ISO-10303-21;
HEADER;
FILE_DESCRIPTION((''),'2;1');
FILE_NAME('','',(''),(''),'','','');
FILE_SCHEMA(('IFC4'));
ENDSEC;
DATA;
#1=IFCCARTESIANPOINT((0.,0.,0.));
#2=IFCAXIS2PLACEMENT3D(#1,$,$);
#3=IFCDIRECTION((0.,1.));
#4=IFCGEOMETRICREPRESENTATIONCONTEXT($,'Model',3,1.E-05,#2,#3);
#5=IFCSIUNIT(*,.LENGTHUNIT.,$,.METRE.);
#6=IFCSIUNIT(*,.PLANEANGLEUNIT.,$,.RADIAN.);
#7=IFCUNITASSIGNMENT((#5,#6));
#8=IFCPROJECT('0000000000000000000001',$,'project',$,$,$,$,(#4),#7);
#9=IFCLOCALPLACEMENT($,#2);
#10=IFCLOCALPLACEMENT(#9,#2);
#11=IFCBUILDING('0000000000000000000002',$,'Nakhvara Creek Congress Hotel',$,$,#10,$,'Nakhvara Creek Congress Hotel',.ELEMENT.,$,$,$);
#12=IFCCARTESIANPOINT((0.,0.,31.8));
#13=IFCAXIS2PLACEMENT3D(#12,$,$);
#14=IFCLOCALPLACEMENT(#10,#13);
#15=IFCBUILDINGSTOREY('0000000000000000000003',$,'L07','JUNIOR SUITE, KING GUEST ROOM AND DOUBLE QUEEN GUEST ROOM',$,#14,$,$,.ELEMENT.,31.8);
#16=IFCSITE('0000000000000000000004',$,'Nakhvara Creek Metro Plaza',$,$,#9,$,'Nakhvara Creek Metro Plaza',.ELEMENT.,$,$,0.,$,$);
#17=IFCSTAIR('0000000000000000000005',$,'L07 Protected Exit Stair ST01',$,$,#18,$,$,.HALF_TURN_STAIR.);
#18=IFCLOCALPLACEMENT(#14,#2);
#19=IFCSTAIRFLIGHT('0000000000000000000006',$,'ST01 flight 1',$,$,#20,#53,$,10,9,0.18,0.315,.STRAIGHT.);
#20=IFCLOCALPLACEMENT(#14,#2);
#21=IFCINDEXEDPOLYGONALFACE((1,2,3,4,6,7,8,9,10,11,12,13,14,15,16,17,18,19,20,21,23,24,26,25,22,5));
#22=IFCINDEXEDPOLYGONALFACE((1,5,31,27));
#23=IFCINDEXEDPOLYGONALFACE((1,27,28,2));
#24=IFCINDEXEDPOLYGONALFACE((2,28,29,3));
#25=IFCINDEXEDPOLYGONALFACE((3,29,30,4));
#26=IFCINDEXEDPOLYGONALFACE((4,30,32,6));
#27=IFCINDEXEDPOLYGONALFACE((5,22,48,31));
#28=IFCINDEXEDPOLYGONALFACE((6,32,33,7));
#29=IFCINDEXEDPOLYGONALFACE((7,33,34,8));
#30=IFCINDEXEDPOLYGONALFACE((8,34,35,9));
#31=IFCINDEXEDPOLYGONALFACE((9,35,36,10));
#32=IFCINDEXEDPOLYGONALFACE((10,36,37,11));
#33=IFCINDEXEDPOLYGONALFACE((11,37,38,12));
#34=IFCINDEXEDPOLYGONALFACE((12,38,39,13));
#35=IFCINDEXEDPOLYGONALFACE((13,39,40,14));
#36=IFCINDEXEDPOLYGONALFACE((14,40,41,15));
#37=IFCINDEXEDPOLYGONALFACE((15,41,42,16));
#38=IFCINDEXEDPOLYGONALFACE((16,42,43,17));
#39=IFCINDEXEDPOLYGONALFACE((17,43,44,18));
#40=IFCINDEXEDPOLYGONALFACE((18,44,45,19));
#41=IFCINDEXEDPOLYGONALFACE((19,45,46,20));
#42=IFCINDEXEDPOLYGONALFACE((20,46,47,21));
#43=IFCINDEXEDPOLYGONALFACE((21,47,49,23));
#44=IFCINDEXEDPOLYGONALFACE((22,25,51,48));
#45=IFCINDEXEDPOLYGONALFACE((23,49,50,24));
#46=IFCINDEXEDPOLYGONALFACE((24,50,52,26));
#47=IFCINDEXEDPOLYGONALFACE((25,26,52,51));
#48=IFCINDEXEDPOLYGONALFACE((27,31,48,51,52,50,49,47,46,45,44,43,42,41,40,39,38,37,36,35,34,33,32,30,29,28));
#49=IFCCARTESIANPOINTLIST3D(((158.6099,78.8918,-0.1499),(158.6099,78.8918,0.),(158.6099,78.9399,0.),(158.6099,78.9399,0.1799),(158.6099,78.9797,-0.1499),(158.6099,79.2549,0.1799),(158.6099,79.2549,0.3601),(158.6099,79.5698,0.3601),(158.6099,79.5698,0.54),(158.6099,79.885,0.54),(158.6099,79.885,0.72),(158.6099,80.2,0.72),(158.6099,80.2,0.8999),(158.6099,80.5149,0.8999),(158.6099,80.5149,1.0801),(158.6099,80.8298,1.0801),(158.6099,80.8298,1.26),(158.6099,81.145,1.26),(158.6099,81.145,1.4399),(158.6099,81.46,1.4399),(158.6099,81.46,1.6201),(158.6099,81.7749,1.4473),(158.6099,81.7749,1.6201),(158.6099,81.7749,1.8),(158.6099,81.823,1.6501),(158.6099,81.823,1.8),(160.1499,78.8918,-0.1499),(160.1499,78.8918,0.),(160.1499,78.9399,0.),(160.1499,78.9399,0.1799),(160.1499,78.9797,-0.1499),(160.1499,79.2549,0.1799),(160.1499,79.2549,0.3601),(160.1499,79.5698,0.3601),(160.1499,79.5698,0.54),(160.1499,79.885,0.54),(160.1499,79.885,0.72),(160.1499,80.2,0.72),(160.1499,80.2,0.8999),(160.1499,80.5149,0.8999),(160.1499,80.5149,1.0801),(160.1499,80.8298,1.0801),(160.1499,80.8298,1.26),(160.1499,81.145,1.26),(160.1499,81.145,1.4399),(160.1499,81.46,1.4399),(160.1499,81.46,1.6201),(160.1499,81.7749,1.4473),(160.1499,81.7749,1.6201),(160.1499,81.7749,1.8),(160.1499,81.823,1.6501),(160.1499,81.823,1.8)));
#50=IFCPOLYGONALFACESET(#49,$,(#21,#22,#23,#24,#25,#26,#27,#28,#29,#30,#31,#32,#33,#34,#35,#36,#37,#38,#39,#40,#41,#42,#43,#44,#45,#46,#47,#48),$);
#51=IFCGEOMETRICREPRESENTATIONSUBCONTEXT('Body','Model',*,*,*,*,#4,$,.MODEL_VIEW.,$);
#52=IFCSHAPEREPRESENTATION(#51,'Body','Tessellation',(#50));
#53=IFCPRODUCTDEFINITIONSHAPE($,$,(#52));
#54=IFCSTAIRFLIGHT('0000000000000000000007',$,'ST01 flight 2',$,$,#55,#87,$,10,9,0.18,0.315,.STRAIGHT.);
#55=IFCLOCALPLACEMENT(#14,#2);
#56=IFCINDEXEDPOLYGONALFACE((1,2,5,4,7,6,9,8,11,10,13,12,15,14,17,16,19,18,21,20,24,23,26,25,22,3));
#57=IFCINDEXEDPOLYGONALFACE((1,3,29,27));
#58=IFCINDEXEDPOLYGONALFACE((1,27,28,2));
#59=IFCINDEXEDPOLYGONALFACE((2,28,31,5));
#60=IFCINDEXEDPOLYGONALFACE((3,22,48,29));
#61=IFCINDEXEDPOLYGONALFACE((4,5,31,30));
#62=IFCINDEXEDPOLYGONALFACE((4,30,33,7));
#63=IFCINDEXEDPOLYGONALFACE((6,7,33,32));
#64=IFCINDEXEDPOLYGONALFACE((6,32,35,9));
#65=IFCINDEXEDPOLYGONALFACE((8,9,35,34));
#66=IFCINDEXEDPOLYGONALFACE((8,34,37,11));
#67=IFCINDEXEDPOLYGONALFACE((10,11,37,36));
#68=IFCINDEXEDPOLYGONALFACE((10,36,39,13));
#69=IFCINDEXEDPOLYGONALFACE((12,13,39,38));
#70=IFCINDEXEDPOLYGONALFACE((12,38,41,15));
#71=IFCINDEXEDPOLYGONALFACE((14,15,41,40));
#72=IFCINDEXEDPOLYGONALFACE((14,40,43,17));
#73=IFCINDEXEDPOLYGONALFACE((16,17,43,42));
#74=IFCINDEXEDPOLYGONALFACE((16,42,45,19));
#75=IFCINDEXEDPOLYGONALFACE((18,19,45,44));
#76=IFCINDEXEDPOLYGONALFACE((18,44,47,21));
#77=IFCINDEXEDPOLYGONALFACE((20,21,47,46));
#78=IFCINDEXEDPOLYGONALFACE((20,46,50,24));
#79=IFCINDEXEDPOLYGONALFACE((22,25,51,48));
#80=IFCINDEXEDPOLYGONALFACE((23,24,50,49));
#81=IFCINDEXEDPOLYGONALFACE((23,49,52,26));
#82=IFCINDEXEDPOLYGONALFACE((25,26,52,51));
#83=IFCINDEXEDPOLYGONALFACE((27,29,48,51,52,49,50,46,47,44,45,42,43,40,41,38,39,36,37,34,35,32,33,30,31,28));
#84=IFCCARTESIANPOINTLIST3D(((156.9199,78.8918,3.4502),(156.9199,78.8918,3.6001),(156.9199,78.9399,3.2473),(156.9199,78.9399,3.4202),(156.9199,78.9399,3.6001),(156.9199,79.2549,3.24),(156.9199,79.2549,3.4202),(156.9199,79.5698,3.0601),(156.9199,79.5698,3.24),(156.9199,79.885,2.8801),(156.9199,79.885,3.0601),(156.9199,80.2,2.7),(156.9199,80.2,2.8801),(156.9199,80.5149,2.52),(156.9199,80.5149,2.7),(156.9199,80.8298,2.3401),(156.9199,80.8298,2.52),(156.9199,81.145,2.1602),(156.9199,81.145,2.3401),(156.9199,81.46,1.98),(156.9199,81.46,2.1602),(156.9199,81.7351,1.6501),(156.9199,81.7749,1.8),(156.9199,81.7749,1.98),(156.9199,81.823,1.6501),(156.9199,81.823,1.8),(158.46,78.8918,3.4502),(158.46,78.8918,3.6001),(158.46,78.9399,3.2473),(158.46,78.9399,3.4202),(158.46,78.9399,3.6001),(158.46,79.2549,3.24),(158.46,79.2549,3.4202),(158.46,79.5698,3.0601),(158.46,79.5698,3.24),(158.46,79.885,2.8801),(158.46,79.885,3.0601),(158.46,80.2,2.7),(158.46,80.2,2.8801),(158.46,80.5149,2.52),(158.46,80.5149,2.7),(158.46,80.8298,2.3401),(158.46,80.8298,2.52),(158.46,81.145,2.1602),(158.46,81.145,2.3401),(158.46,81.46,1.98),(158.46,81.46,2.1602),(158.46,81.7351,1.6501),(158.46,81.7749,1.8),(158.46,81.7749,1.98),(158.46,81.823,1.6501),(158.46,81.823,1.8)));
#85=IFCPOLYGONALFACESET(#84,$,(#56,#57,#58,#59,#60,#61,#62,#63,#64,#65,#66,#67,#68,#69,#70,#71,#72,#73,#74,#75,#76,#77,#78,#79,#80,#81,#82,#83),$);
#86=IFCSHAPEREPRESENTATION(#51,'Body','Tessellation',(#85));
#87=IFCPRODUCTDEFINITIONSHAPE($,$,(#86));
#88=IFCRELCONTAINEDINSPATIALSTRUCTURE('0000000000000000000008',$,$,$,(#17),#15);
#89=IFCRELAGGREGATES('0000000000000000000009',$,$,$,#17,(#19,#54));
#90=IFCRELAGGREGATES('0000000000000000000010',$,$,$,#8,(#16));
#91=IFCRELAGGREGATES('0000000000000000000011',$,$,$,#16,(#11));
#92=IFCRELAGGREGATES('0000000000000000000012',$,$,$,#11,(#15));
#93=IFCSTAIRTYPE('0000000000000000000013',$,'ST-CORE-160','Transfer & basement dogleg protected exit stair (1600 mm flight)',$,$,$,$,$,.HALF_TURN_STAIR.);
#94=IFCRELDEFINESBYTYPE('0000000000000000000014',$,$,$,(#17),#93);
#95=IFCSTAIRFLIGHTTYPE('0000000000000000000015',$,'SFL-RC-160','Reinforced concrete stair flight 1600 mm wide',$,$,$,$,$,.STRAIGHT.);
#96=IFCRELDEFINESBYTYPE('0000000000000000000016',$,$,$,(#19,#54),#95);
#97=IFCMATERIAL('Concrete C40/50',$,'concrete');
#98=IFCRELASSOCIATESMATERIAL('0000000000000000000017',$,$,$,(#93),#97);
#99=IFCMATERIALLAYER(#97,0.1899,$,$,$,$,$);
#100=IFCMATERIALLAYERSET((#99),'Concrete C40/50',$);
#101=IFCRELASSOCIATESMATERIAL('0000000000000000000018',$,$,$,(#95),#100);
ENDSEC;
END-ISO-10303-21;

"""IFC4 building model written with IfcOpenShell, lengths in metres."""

from ifc_helpers import new_model, si_unit, direction, frame, origin, place, context, subcontext, project, spatial, polyline, outline, extrude, material, layer, layer_set, type_object, element, aggregate, save


model = new_model("IFC4")

# Units and contexts
model_context = context("Model", 3, precision=1e-05, world=origin(), true_north=direction((0.0, 1.0)))
body_context = subcontext(model_context, "Body", "Model", "MODEL_VIEW")
ifc_project = project(units=[si_unit("LENGTHUNIT", "METRE"), si_unit("PLANEANGLEUNIT", "RADIAN")], contexts=[model_context])

# Site, building, storey
site_placement = place(None, origin())
site = spatial("IfcSite", under=ifc_project, at=site_placement, Name="Nakhvara Creek Metro Plaza", LongName="Nakhvara Creek Metro Plaza", CompositionType="ELEMENT", RefElevation=0.0)
building_placement = place(site_placement, origin())
building = spatial("IfcBuilding", under=site, at=building_placement, Name="Nakhvara Creek Congress Hotel", LongName="Nakhvara Creek Congress Hotel", CompositionType="ELEMENT")
storey_placement = place(building_placement, frame((0.0, 0.0, 31.8)))
storey = spatial("IfcBuildingStorey", under=building, at=storey_placement, Name="L07", Description="JUNIOR SUITE, KING GUEST ROOM AND DOUBLE QUEEN GUEST ROOM", CompositionType="ELEMENT", Elevation=31.8)

# Shared definitions
ifc_material_1 = material(Name="Concrete C40/50", Category="concrete")

# Stair, stair flights
stair_type = type_object("IfcStairType", Name="ST-CORE-160", Description="Transfer & basement dogleg protected exit stair (1600 mm flight)", PredefinedType="HALF_TURN_STAIR", material=ifc_material_1)
stair_placement = place(storey_placement, origin())
stair = element("IfcStair", 1, at=stair_placement, inside=storey, type_object=stair_type, Name="L07 Protected Exit Stair ST01", PredefinedType="HALF_TURN_STAIR")
ifc_layer_1 = layer(ifc_material_1, 0.1899)
ifc_layer_set_1 = layer_set([ifc_layer_1], Name="Concrete C40/50")
stair_flight_type = type_object("IfcStairFlightType", Name="SFL-RC-160", Description="Reinforced concrete stair flight 1600 mm wide", PredefinedType="STRAIGHT", material=ifc_layer_set_1)
stair_flight_1_placement = place(storey_placement, frame((159.3799, 78.9399, 0.0), z_axis=(0.0, 0.0, 1.0), x_axis=(0.0, 1.0, 0.0)))
stair_flight_1 = element("IfcStairFlight", 2, at=stair_flight_1_placement, type_object=stair_flight_type, Name="ST01 flight 1", NumberOfRisers=10, NumberOfTreads=9, PredefinedType="STRAIGHT", RiserHeight=0.18, TreadLength=0.315, context=body_context, shape_type="SweptSolid", body=[
    extrude(outline(polyline([(-0.0481, 0.0), (0.0, 0.0), (0.0, 0.1799), (0.3149, 0.1799), (0.3149, 0.3601), (0.6299, 0.3601), (0.6299, 0.54), (0.9451, 0.54), (0.9451, 0.72), (1.26, 0.72), (1.26, 0.8999), (1.575, 0.8999), (1.575, 1.0801), (1.8899, 1.0801), (1.8899, 1.26), (2.2051, 1.26), (2.2051, 1.4399), (2.52, 1.4399), (2.52, 1.6201), (2.835, 1.6201), (2.835, 1.8), (2.8831, 1.8), (2.8831, 1.6501), (2.835, 1.4473), (0.0398, -0.1499), (-0.0481, -0.1499), (-0.0481, 0.0)])), frame((0.0, 0.77, 0.0), z_axis=(0.0, -1.0, 0.0), x_axis=(1.0, 0.0, 0.0)), (0.0, 0.0, 1.0), 1.54),
])
stair_flight_2_placement = place(storey_placement, frame((157.6899, 81.7749, 1.8), z_axis=(0.0, 0.0, 1.0), x_axis=(0.0, -1.0, 0.0)))
stair_flight_2 = element("IfcStairFlight", 3, at=stair_flight_2_placement, type_object=stair_flight_type, Name="ST01 flight 2", NumberOfRisers=10, NumberOfTreads=9, PredefinedType="STRAIGHT", RiserHeight=0.18, TreadLength=0.315, context=body_context, shape_type="SweptSolid", body=[
    extrude(outline(polyline([(-0.0481, 0.0), (0.0, 0.0), (0.0, 0.1799), (0.3149, 0.1799), (0.3149, 0.3601), (0.6299, 0.3601), (0.6299, 0.54), (0.9451, 0.54), (0.9451, 0.72), (1.26, 0.72), (1.26, 0.8999), (1.575, 0.8999), (1.575, 1.0801), (1.8899, 1.0801), (1.8899, 1.26), (2.2051, 1.26), (2.2051, 1.4399), (2.52, 1.4399), (2.52, 1.6201), (2.835, 1.6201), (2.835, 1.8), (2.8831, 1.8), (2.8831, 1.6501), (2.835, 1.4473), (0.0398, -0.1499), (-0.0481, -0.1499), (-0.0481, 0.0)])), frame((0.0, 0.77, 0.0), z_axis=(0.0, -1.0, 0.0), x_axis=(1.0, 0.0, 0.0)), (0.0, 0.0, 1.0), 1.54),
])
aggregate(stair, [stair_flight_1, stair_flight_2])

save(model, "model.ifc")
